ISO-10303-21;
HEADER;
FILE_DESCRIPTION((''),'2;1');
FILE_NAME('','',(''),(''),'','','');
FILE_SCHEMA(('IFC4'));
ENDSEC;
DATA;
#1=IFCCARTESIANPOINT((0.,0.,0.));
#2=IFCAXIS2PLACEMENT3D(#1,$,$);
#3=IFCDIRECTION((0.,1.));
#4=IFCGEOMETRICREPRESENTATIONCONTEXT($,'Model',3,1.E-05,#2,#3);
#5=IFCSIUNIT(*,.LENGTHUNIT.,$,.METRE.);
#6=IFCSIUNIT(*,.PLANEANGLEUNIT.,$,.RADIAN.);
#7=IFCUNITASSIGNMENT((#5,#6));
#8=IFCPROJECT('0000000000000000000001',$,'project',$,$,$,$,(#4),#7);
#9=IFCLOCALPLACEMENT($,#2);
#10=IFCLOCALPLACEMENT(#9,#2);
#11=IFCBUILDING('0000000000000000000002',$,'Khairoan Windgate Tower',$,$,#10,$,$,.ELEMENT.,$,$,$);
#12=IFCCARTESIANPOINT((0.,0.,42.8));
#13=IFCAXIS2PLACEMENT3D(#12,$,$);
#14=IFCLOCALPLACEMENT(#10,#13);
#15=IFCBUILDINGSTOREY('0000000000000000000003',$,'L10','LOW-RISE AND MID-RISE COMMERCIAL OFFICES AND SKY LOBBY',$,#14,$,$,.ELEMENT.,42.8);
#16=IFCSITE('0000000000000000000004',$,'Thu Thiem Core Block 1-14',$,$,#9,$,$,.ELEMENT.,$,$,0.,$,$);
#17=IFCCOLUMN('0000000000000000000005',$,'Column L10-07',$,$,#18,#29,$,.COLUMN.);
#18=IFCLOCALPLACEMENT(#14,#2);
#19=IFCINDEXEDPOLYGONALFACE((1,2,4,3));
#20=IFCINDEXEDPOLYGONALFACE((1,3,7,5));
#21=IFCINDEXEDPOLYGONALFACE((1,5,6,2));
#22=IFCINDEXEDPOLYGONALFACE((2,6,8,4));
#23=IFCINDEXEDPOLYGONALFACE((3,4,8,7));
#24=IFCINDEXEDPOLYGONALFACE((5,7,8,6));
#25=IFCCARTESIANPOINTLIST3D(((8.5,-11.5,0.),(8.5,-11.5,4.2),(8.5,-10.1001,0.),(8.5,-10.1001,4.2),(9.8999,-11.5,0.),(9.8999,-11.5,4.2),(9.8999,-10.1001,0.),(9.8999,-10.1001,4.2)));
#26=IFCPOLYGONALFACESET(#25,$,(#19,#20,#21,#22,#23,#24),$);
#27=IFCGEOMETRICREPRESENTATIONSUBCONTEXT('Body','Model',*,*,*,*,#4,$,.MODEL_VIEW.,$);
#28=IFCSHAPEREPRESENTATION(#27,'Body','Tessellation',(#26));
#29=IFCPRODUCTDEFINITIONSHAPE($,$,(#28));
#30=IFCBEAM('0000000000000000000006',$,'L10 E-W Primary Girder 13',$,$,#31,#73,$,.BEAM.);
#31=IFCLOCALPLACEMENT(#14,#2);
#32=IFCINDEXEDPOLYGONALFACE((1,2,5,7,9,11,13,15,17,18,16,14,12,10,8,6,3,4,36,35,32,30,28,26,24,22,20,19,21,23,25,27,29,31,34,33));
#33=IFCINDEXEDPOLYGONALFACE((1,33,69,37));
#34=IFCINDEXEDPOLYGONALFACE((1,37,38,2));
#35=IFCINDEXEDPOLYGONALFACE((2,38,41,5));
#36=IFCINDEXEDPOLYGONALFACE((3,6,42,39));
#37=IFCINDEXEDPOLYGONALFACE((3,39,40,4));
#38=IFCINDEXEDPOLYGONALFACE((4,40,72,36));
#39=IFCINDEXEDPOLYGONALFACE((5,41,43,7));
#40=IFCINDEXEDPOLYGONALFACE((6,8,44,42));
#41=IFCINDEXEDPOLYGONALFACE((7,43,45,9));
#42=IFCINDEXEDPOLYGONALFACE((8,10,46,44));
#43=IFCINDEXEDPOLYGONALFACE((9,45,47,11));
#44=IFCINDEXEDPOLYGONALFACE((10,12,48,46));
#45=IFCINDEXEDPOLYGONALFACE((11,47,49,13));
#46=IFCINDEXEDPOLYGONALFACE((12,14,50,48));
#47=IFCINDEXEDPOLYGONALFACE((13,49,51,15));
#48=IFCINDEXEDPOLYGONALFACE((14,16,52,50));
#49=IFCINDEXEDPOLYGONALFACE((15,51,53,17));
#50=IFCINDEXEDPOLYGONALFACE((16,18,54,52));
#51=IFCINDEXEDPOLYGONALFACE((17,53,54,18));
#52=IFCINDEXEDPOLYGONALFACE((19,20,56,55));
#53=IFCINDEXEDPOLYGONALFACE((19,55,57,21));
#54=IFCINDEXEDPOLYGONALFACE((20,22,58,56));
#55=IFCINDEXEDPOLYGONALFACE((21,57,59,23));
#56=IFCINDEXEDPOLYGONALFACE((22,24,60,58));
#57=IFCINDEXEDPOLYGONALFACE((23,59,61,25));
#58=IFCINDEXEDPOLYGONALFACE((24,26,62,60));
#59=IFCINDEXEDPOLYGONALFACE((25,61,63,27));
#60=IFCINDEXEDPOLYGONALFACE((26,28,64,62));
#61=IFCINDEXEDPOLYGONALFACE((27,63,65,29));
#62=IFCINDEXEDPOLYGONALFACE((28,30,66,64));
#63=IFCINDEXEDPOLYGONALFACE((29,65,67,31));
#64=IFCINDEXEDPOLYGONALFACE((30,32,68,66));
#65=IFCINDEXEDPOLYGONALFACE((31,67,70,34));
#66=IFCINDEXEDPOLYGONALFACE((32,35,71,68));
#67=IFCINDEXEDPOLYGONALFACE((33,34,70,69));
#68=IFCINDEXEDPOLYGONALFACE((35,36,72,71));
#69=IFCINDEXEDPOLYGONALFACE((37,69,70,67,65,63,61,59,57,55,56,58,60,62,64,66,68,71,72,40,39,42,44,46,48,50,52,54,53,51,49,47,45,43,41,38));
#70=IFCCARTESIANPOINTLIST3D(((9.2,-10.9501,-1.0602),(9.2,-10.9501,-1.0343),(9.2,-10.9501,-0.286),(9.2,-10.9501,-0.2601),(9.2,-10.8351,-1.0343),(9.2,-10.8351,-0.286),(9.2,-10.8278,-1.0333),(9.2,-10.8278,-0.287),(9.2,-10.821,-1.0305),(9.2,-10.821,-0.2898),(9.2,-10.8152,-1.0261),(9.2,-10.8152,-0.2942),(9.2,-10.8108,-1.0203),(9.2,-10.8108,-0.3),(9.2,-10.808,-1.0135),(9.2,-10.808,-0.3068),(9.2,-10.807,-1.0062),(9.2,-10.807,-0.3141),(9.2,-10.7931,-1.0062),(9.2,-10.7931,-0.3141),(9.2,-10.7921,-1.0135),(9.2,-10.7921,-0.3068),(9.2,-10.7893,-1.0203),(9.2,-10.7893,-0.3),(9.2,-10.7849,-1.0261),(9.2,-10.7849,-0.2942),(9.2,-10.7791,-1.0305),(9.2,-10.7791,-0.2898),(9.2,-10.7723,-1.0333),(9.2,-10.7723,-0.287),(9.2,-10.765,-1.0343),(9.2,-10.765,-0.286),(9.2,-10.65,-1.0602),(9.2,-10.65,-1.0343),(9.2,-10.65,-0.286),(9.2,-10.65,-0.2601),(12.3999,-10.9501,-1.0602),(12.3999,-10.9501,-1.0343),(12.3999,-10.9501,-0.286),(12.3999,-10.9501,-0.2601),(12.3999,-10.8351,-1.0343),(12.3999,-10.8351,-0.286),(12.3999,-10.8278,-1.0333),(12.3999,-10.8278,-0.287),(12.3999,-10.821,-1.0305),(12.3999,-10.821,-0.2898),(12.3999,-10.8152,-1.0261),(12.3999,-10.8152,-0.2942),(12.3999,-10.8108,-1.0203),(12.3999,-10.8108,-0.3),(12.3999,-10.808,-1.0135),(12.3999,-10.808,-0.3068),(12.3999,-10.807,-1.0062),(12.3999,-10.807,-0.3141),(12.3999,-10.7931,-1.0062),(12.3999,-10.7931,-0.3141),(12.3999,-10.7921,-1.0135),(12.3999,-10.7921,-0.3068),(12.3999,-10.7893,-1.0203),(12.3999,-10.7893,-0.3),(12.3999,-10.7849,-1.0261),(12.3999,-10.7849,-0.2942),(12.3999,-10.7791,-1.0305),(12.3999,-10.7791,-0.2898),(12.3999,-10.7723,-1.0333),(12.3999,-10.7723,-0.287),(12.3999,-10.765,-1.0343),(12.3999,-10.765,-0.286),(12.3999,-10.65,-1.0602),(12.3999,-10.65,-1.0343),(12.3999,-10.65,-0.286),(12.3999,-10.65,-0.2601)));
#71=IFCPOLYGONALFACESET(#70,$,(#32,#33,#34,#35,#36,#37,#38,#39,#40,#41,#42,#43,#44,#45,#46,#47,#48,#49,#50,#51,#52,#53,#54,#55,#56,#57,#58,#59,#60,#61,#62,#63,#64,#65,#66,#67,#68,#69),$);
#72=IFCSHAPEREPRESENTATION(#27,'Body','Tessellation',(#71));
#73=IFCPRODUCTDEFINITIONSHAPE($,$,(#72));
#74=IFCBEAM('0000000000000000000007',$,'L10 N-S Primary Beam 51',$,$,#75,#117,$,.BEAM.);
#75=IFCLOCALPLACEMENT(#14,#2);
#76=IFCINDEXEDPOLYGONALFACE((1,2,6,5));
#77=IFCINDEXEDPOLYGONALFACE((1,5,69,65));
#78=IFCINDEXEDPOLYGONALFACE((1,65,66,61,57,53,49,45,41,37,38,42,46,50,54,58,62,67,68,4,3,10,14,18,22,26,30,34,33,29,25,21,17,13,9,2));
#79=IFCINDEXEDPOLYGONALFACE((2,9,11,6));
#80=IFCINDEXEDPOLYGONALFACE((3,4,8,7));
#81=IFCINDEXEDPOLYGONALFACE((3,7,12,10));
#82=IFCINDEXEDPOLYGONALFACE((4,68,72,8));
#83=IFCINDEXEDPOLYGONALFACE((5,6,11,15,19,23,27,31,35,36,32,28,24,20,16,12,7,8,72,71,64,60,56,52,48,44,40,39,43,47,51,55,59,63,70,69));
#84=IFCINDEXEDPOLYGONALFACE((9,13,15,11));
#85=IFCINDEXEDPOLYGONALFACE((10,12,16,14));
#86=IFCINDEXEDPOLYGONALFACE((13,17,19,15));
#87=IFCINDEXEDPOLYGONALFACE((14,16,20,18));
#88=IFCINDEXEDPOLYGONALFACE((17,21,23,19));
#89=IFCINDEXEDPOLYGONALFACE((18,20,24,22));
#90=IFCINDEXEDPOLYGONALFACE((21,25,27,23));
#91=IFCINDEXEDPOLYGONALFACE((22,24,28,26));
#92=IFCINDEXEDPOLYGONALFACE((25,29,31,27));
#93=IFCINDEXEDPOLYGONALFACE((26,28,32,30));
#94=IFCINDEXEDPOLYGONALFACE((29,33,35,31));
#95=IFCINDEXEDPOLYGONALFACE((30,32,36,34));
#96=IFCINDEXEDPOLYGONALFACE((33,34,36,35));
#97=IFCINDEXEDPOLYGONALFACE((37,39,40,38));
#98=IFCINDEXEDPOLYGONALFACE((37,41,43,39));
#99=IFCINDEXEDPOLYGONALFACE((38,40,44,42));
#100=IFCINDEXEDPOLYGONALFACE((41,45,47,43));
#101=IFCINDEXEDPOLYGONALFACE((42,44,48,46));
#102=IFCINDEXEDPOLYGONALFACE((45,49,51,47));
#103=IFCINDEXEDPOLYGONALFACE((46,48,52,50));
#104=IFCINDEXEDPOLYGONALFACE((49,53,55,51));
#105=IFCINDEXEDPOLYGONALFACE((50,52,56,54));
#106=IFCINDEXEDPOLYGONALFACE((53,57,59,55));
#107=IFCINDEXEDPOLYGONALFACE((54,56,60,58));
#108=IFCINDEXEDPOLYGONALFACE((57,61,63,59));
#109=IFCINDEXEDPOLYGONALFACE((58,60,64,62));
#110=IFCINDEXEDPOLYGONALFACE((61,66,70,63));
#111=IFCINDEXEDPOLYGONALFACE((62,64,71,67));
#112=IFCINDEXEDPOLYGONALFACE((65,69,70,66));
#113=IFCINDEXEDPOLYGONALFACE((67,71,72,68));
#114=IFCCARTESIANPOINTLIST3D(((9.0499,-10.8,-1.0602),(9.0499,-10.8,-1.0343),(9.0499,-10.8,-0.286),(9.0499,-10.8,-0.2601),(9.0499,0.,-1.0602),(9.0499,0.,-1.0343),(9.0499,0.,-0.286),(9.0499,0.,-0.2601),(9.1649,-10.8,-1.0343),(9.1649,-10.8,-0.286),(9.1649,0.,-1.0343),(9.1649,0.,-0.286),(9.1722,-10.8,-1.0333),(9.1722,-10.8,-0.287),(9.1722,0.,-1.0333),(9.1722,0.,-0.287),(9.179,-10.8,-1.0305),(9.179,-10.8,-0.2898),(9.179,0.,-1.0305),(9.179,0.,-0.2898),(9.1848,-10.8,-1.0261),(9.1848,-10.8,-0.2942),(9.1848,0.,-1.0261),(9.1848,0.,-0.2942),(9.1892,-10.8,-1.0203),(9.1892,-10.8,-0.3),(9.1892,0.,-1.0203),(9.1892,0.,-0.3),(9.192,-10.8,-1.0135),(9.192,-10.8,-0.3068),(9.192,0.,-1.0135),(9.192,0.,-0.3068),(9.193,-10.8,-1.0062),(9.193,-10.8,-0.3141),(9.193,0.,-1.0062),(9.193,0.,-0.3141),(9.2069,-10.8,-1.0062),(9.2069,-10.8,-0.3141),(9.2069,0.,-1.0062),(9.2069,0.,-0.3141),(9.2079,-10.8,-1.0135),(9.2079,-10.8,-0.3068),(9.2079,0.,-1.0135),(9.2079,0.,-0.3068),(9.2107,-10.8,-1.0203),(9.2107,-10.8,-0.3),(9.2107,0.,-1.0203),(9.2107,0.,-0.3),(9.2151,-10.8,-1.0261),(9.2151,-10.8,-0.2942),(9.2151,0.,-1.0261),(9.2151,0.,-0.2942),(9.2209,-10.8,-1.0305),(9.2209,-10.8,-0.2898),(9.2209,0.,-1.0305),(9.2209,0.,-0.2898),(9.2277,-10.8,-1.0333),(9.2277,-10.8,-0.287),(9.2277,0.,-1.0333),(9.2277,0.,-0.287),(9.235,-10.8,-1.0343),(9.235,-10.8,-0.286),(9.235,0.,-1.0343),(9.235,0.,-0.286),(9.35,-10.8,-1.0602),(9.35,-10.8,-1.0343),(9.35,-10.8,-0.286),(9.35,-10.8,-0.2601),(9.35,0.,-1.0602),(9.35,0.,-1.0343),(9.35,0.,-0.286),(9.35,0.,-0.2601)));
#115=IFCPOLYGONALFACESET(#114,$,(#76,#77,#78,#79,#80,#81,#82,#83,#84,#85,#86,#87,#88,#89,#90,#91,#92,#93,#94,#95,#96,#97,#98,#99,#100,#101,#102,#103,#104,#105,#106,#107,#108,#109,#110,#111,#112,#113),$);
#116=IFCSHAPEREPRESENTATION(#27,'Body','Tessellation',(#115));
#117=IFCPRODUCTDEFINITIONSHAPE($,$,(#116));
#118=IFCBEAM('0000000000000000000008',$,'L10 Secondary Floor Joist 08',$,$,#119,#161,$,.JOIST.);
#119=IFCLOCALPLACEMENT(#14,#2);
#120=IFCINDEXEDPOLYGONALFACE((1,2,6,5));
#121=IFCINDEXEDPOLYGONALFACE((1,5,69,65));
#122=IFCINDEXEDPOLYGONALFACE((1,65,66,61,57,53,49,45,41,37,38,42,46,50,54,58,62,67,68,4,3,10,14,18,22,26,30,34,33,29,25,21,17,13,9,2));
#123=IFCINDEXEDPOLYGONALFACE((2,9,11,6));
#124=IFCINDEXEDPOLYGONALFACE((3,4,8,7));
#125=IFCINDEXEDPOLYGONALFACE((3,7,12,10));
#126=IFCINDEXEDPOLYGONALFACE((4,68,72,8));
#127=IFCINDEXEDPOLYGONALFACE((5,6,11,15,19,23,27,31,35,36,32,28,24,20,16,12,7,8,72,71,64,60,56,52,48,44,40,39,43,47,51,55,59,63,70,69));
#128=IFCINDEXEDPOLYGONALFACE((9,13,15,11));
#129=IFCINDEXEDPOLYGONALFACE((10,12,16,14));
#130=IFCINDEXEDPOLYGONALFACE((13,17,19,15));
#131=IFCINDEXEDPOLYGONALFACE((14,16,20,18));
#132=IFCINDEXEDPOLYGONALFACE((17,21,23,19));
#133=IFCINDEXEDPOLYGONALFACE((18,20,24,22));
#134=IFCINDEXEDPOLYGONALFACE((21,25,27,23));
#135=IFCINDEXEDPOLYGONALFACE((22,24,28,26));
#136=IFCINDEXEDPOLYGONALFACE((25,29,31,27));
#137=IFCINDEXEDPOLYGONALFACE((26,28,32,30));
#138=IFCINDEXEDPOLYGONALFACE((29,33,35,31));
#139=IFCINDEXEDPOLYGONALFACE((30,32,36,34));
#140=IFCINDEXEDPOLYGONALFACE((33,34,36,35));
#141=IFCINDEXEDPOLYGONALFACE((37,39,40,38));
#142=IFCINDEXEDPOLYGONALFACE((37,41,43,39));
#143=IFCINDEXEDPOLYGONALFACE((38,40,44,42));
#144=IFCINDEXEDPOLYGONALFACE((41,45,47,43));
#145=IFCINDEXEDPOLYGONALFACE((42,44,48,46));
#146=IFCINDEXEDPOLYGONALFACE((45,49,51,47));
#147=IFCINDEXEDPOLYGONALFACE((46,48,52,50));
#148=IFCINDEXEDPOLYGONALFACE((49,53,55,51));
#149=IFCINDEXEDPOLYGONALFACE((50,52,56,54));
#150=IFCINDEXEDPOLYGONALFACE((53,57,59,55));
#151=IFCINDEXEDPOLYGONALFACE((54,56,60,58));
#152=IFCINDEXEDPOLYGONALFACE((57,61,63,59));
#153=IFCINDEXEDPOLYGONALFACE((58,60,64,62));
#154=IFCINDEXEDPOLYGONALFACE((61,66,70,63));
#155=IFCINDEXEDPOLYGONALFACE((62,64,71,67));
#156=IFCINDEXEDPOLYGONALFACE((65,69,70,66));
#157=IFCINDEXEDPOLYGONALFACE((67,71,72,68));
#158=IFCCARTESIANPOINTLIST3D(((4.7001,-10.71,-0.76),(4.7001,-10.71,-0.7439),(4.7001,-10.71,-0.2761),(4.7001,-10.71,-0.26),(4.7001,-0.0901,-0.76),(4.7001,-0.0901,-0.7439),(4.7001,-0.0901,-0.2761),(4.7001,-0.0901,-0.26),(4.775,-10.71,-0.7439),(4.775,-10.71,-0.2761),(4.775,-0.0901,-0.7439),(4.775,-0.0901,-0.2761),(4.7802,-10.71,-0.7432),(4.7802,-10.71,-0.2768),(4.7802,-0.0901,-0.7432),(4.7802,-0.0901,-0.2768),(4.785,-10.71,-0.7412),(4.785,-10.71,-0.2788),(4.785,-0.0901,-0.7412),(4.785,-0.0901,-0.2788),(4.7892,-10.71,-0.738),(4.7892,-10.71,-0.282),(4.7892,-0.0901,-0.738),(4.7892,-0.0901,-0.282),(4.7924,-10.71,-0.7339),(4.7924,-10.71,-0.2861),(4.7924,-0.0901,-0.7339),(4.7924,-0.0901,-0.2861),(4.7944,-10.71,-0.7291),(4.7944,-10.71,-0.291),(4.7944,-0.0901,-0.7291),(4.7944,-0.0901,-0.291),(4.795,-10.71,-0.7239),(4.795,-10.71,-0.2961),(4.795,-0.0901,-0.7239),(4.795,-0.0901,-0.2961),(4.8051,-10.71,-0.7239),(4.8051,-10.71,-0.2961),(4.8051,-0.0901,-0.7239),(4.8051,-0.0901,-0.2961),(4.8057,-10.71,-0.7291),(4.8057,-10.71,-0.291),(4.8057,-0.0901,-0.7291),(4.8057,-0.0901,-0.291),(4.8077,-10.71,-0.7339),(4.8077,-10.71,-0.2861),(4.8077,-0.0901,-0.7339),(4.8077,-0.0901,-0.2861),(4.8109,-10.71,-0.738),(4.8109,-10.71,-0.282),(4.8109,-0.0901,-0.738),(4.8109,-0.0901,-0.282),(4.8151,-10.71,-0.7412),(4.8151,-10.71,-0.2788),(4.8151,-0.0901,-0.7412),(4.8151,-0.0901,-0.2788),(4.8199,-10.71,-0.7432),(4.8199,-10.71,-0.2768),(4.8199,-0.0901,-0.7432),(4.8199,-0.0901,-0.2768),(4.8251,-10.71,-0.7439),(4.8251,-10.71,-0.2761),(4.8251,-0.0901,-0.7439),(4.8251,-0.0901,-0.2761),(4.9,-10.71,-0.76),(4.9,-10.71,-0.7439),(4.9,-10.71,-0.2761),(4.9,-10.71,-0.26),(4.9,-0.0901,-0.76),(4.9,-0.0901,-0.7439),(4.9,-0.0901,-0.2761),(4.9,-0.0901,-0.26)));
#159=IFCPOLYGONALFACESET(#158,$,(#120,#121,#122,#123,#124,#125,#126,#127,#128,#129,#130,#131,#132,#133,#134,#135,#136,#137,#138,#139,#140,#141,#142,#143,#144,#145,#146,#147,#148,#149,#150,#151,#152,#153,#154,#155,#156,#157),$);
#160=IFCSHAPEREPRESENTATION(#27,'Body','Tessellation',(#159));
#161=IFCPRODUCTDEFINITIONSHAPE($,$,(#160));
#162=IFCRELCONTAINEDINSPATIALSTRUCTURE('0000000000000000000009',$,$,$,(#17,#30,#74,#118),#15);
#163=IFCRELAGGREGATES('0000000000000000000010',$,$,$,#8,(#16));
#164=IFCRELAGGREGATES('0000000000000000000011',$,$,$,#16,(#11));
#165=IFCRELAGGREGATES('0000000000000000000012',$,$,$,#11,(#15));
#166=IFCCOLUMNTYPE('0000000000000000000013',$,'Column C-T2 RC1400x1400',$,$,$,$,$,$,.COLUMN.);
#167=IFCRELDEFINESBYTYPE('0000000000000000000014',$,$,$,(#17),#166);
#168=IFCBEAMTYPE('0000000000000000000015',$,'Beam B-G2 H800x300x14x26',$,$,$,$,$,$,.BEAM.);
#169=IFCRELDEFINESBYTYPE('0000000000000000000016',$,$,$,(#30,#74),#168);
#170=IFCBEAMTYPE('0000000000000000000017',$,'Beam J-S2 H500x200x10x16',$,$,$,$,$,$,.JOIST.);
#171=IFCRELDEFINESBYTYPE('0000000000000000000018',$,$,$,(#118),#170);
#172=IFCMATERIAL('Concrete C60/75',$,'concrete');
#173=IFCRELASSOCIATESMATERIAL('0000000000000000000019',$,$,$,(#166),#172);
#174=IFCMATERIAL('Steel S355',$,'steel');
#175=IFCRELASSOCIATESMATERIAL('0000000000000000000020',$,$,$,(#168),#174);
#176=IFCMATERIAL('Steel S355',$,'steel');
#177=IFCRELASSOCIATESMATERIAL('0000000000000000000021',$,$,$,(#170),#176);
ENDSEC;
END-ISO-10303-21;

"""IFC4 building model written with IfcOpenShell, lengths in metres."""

from ifc_helpers import new_model, si_unit, direction, frame, origin, origin_2d, place, context, subcontext, project, spatial, rectangle, i_section, extrude, material, material_profile, profile_set, type_object, element, save


model = new_model("IFC4")

# Units and contexts
model_context = context("Model", 3, precision=1e-05, world=origin(), true_north=direction((0.0, 1.0)))
body_context = subcontext(model_context, "Body", "Model", "MODEL_VIEW")
ifc_project = project(units=[si_unit("LENGTHUNIT", "METRE"), si_unit("PLANEANGLEUNIT", "RADIAN")], contexts=[model_context])

# Site, building, storey
site_placement = place(None, origin())
site = spatial("IfcSite", under=ifc_project, at=site_placement, Name="Thu Thiem Core Block 1-14", CompositionType="ELEMENT", RefElevation=0.0)
building_placement = place(site_placement, origin())
building = spatial("IfcBuilding", under=site, at=building_placement, Name="Khairoan Windgate Tower", CompositionType="ELEMENT")
storey_placement = place(building_placement, frame((0.0, 0.0, 42.8)))
storey = spatial("IfcBuildingStorey", under=building, at=storey_placement, Name="L10", Description="LOW-RISE AND MID-RISE COMMERCIAL OFFICES AND SKY LOBBY", CompositionType="ELEMENT", Elevation=42.8)

# Column
ifc_material_1 = material(Name="Concrete C60/75", Category="concrete")
ifc_material_profile_1 = material_profile(ifc_material_1, rectangle(XDim=1.3999, YDim=1.3999, at=origin_2d()))
ifc_profile_set_1 = profile_set([ifc_material_profile_1], Name="Concrete C60/75")
column_type = type_object("IfcColumnType", Name="Column C-T2 RC1400x1400", PredefinedType="COLUMN", material=ifc_profile_set_1)
column_placement = place(storey_placement, frame((9.2, -10.8, 0.0), z_axis=(0.0, 0.0, 1.0), x_axis=(1.0, 0.0, 0.0)))
element("IfcColumn", 1, at=column_placement, inside=storey, type_object=column_type, Name="Column L10-07", PredefinedType="COLUMN", context=body_context, shape_type="SweptSolid", body=[
    extrude(rectangle(XDim=1.3999, YDim=1.3999, at=origin_2d()), origin(), (0.0, 0.0, 1.0), 4.2),
])

# Beams
ifc_material_2 = material(Name="Steel S355", Category="steel")
ifc_material_profile_2 = material_profile(ifc_material_2, i_section(OverallWidth=0.3, OverallDepth=0.8, WebThickness=0.0139, FlangeThickness=0.0259, FilletRadius=0.0281, at=origin_2d()))
ifc_profile_set_2 = profile_set([ifc_material_profile_2], Name="Steel S355")
beam_type_1 = type_object("IfcBeamType", Name="Beam B-G2 H800x300x14x26", PredefinedType="BEAM", material=ifc_profile_set_2)
beam_1_placement = place(storey_placement, frame((9.2, -10.8, -0.6602), z_axis=(1.0, 0.0, 0.0), x_axis=(0.0, 1.0, 0.0)))
element("IfcBeam", 2, at=beam_1_placement, inside=storey, type_object=beam_type_1, Name="L10 E-W Primary Girder 13", PredefinedType="BEAM", context=body_context, shape_type="SweptSolid", body=[
    extrude(i_section(OverallWidth=0.3, OverallDepth=0.8, WebThickness=0.0139, FlangeThickness=0.0259, FilletRadius=0.0281, at=origin_2d()), origin(), (0.0, 0.0, 1.0), 3.2),
])
beam_2_placement = place(storey_placement, frame((9.2, -10.8, -0.6602), z_axis=(0.0, 1.0, 0.0), x_axis=(-1.0, 0.0, 0.0)))
element("IfcBeam", 3, at=beam_2_placement, inside=storey, type_object=beam_type_1, Name="L10 N-S Primary Beam 51", PredefinedType="BEAM", context=body_context, shape_type="SweptSolid", body=[
    extrude(i_section(OverallWidth=0.3, OverallDepth=0.8, WebThickness=0.0139, FlangeThickness=0.0259, FilletRadius=0.0281, at=origin_2d()), origin(), (0.0, 0.0, 1.0), 10.8),
])
ifc_material_3 = material(Name="Steel S355", Category="steel")
ifc_material_profile_3 = material_profile(ifc_material_3, i_section(OverallWidth=0.2, OverallDepth=0.5, WebThickness=0.01, FlangeThickness=0.0161, FilletRadius=0.02, at=origin_2d()))
ifc_profile_set_3 = profile_set([ifc_material_profile_3], Name="Steel S355")
beam_type_2 = type_object("IfcBeamType", Name="Beam J-S2 H500x200x10x16", PredefinedType="JOIST", material=ifc_profile_set_3)
beam_3_placement = place(storey_placement, frame((4.8, -10.71, -0.51), z_axis=(0.0, 1.0, 0.0), x_axis=(-1.0, 0.0, 0.0)))
element("IfcBeam", 4, at=beam_3_placement, inside=storey, type_object=beam_type_2, Name="L10 Secondary Floor Joist 08", PredefinedType="JOIST", context=body_context, shape_type="SweptSolid", body=[
    extrude(i_section(OverallWidth=0.2, OverallDepth=0.5, WebThickness=0.01, FlangeThickness=0.0161, FilletRadius=0.02, at=origin_2d()), origin(), (0.0, 0.0, 1.0), 10.6199),
])

save(model, "model.ifc")
